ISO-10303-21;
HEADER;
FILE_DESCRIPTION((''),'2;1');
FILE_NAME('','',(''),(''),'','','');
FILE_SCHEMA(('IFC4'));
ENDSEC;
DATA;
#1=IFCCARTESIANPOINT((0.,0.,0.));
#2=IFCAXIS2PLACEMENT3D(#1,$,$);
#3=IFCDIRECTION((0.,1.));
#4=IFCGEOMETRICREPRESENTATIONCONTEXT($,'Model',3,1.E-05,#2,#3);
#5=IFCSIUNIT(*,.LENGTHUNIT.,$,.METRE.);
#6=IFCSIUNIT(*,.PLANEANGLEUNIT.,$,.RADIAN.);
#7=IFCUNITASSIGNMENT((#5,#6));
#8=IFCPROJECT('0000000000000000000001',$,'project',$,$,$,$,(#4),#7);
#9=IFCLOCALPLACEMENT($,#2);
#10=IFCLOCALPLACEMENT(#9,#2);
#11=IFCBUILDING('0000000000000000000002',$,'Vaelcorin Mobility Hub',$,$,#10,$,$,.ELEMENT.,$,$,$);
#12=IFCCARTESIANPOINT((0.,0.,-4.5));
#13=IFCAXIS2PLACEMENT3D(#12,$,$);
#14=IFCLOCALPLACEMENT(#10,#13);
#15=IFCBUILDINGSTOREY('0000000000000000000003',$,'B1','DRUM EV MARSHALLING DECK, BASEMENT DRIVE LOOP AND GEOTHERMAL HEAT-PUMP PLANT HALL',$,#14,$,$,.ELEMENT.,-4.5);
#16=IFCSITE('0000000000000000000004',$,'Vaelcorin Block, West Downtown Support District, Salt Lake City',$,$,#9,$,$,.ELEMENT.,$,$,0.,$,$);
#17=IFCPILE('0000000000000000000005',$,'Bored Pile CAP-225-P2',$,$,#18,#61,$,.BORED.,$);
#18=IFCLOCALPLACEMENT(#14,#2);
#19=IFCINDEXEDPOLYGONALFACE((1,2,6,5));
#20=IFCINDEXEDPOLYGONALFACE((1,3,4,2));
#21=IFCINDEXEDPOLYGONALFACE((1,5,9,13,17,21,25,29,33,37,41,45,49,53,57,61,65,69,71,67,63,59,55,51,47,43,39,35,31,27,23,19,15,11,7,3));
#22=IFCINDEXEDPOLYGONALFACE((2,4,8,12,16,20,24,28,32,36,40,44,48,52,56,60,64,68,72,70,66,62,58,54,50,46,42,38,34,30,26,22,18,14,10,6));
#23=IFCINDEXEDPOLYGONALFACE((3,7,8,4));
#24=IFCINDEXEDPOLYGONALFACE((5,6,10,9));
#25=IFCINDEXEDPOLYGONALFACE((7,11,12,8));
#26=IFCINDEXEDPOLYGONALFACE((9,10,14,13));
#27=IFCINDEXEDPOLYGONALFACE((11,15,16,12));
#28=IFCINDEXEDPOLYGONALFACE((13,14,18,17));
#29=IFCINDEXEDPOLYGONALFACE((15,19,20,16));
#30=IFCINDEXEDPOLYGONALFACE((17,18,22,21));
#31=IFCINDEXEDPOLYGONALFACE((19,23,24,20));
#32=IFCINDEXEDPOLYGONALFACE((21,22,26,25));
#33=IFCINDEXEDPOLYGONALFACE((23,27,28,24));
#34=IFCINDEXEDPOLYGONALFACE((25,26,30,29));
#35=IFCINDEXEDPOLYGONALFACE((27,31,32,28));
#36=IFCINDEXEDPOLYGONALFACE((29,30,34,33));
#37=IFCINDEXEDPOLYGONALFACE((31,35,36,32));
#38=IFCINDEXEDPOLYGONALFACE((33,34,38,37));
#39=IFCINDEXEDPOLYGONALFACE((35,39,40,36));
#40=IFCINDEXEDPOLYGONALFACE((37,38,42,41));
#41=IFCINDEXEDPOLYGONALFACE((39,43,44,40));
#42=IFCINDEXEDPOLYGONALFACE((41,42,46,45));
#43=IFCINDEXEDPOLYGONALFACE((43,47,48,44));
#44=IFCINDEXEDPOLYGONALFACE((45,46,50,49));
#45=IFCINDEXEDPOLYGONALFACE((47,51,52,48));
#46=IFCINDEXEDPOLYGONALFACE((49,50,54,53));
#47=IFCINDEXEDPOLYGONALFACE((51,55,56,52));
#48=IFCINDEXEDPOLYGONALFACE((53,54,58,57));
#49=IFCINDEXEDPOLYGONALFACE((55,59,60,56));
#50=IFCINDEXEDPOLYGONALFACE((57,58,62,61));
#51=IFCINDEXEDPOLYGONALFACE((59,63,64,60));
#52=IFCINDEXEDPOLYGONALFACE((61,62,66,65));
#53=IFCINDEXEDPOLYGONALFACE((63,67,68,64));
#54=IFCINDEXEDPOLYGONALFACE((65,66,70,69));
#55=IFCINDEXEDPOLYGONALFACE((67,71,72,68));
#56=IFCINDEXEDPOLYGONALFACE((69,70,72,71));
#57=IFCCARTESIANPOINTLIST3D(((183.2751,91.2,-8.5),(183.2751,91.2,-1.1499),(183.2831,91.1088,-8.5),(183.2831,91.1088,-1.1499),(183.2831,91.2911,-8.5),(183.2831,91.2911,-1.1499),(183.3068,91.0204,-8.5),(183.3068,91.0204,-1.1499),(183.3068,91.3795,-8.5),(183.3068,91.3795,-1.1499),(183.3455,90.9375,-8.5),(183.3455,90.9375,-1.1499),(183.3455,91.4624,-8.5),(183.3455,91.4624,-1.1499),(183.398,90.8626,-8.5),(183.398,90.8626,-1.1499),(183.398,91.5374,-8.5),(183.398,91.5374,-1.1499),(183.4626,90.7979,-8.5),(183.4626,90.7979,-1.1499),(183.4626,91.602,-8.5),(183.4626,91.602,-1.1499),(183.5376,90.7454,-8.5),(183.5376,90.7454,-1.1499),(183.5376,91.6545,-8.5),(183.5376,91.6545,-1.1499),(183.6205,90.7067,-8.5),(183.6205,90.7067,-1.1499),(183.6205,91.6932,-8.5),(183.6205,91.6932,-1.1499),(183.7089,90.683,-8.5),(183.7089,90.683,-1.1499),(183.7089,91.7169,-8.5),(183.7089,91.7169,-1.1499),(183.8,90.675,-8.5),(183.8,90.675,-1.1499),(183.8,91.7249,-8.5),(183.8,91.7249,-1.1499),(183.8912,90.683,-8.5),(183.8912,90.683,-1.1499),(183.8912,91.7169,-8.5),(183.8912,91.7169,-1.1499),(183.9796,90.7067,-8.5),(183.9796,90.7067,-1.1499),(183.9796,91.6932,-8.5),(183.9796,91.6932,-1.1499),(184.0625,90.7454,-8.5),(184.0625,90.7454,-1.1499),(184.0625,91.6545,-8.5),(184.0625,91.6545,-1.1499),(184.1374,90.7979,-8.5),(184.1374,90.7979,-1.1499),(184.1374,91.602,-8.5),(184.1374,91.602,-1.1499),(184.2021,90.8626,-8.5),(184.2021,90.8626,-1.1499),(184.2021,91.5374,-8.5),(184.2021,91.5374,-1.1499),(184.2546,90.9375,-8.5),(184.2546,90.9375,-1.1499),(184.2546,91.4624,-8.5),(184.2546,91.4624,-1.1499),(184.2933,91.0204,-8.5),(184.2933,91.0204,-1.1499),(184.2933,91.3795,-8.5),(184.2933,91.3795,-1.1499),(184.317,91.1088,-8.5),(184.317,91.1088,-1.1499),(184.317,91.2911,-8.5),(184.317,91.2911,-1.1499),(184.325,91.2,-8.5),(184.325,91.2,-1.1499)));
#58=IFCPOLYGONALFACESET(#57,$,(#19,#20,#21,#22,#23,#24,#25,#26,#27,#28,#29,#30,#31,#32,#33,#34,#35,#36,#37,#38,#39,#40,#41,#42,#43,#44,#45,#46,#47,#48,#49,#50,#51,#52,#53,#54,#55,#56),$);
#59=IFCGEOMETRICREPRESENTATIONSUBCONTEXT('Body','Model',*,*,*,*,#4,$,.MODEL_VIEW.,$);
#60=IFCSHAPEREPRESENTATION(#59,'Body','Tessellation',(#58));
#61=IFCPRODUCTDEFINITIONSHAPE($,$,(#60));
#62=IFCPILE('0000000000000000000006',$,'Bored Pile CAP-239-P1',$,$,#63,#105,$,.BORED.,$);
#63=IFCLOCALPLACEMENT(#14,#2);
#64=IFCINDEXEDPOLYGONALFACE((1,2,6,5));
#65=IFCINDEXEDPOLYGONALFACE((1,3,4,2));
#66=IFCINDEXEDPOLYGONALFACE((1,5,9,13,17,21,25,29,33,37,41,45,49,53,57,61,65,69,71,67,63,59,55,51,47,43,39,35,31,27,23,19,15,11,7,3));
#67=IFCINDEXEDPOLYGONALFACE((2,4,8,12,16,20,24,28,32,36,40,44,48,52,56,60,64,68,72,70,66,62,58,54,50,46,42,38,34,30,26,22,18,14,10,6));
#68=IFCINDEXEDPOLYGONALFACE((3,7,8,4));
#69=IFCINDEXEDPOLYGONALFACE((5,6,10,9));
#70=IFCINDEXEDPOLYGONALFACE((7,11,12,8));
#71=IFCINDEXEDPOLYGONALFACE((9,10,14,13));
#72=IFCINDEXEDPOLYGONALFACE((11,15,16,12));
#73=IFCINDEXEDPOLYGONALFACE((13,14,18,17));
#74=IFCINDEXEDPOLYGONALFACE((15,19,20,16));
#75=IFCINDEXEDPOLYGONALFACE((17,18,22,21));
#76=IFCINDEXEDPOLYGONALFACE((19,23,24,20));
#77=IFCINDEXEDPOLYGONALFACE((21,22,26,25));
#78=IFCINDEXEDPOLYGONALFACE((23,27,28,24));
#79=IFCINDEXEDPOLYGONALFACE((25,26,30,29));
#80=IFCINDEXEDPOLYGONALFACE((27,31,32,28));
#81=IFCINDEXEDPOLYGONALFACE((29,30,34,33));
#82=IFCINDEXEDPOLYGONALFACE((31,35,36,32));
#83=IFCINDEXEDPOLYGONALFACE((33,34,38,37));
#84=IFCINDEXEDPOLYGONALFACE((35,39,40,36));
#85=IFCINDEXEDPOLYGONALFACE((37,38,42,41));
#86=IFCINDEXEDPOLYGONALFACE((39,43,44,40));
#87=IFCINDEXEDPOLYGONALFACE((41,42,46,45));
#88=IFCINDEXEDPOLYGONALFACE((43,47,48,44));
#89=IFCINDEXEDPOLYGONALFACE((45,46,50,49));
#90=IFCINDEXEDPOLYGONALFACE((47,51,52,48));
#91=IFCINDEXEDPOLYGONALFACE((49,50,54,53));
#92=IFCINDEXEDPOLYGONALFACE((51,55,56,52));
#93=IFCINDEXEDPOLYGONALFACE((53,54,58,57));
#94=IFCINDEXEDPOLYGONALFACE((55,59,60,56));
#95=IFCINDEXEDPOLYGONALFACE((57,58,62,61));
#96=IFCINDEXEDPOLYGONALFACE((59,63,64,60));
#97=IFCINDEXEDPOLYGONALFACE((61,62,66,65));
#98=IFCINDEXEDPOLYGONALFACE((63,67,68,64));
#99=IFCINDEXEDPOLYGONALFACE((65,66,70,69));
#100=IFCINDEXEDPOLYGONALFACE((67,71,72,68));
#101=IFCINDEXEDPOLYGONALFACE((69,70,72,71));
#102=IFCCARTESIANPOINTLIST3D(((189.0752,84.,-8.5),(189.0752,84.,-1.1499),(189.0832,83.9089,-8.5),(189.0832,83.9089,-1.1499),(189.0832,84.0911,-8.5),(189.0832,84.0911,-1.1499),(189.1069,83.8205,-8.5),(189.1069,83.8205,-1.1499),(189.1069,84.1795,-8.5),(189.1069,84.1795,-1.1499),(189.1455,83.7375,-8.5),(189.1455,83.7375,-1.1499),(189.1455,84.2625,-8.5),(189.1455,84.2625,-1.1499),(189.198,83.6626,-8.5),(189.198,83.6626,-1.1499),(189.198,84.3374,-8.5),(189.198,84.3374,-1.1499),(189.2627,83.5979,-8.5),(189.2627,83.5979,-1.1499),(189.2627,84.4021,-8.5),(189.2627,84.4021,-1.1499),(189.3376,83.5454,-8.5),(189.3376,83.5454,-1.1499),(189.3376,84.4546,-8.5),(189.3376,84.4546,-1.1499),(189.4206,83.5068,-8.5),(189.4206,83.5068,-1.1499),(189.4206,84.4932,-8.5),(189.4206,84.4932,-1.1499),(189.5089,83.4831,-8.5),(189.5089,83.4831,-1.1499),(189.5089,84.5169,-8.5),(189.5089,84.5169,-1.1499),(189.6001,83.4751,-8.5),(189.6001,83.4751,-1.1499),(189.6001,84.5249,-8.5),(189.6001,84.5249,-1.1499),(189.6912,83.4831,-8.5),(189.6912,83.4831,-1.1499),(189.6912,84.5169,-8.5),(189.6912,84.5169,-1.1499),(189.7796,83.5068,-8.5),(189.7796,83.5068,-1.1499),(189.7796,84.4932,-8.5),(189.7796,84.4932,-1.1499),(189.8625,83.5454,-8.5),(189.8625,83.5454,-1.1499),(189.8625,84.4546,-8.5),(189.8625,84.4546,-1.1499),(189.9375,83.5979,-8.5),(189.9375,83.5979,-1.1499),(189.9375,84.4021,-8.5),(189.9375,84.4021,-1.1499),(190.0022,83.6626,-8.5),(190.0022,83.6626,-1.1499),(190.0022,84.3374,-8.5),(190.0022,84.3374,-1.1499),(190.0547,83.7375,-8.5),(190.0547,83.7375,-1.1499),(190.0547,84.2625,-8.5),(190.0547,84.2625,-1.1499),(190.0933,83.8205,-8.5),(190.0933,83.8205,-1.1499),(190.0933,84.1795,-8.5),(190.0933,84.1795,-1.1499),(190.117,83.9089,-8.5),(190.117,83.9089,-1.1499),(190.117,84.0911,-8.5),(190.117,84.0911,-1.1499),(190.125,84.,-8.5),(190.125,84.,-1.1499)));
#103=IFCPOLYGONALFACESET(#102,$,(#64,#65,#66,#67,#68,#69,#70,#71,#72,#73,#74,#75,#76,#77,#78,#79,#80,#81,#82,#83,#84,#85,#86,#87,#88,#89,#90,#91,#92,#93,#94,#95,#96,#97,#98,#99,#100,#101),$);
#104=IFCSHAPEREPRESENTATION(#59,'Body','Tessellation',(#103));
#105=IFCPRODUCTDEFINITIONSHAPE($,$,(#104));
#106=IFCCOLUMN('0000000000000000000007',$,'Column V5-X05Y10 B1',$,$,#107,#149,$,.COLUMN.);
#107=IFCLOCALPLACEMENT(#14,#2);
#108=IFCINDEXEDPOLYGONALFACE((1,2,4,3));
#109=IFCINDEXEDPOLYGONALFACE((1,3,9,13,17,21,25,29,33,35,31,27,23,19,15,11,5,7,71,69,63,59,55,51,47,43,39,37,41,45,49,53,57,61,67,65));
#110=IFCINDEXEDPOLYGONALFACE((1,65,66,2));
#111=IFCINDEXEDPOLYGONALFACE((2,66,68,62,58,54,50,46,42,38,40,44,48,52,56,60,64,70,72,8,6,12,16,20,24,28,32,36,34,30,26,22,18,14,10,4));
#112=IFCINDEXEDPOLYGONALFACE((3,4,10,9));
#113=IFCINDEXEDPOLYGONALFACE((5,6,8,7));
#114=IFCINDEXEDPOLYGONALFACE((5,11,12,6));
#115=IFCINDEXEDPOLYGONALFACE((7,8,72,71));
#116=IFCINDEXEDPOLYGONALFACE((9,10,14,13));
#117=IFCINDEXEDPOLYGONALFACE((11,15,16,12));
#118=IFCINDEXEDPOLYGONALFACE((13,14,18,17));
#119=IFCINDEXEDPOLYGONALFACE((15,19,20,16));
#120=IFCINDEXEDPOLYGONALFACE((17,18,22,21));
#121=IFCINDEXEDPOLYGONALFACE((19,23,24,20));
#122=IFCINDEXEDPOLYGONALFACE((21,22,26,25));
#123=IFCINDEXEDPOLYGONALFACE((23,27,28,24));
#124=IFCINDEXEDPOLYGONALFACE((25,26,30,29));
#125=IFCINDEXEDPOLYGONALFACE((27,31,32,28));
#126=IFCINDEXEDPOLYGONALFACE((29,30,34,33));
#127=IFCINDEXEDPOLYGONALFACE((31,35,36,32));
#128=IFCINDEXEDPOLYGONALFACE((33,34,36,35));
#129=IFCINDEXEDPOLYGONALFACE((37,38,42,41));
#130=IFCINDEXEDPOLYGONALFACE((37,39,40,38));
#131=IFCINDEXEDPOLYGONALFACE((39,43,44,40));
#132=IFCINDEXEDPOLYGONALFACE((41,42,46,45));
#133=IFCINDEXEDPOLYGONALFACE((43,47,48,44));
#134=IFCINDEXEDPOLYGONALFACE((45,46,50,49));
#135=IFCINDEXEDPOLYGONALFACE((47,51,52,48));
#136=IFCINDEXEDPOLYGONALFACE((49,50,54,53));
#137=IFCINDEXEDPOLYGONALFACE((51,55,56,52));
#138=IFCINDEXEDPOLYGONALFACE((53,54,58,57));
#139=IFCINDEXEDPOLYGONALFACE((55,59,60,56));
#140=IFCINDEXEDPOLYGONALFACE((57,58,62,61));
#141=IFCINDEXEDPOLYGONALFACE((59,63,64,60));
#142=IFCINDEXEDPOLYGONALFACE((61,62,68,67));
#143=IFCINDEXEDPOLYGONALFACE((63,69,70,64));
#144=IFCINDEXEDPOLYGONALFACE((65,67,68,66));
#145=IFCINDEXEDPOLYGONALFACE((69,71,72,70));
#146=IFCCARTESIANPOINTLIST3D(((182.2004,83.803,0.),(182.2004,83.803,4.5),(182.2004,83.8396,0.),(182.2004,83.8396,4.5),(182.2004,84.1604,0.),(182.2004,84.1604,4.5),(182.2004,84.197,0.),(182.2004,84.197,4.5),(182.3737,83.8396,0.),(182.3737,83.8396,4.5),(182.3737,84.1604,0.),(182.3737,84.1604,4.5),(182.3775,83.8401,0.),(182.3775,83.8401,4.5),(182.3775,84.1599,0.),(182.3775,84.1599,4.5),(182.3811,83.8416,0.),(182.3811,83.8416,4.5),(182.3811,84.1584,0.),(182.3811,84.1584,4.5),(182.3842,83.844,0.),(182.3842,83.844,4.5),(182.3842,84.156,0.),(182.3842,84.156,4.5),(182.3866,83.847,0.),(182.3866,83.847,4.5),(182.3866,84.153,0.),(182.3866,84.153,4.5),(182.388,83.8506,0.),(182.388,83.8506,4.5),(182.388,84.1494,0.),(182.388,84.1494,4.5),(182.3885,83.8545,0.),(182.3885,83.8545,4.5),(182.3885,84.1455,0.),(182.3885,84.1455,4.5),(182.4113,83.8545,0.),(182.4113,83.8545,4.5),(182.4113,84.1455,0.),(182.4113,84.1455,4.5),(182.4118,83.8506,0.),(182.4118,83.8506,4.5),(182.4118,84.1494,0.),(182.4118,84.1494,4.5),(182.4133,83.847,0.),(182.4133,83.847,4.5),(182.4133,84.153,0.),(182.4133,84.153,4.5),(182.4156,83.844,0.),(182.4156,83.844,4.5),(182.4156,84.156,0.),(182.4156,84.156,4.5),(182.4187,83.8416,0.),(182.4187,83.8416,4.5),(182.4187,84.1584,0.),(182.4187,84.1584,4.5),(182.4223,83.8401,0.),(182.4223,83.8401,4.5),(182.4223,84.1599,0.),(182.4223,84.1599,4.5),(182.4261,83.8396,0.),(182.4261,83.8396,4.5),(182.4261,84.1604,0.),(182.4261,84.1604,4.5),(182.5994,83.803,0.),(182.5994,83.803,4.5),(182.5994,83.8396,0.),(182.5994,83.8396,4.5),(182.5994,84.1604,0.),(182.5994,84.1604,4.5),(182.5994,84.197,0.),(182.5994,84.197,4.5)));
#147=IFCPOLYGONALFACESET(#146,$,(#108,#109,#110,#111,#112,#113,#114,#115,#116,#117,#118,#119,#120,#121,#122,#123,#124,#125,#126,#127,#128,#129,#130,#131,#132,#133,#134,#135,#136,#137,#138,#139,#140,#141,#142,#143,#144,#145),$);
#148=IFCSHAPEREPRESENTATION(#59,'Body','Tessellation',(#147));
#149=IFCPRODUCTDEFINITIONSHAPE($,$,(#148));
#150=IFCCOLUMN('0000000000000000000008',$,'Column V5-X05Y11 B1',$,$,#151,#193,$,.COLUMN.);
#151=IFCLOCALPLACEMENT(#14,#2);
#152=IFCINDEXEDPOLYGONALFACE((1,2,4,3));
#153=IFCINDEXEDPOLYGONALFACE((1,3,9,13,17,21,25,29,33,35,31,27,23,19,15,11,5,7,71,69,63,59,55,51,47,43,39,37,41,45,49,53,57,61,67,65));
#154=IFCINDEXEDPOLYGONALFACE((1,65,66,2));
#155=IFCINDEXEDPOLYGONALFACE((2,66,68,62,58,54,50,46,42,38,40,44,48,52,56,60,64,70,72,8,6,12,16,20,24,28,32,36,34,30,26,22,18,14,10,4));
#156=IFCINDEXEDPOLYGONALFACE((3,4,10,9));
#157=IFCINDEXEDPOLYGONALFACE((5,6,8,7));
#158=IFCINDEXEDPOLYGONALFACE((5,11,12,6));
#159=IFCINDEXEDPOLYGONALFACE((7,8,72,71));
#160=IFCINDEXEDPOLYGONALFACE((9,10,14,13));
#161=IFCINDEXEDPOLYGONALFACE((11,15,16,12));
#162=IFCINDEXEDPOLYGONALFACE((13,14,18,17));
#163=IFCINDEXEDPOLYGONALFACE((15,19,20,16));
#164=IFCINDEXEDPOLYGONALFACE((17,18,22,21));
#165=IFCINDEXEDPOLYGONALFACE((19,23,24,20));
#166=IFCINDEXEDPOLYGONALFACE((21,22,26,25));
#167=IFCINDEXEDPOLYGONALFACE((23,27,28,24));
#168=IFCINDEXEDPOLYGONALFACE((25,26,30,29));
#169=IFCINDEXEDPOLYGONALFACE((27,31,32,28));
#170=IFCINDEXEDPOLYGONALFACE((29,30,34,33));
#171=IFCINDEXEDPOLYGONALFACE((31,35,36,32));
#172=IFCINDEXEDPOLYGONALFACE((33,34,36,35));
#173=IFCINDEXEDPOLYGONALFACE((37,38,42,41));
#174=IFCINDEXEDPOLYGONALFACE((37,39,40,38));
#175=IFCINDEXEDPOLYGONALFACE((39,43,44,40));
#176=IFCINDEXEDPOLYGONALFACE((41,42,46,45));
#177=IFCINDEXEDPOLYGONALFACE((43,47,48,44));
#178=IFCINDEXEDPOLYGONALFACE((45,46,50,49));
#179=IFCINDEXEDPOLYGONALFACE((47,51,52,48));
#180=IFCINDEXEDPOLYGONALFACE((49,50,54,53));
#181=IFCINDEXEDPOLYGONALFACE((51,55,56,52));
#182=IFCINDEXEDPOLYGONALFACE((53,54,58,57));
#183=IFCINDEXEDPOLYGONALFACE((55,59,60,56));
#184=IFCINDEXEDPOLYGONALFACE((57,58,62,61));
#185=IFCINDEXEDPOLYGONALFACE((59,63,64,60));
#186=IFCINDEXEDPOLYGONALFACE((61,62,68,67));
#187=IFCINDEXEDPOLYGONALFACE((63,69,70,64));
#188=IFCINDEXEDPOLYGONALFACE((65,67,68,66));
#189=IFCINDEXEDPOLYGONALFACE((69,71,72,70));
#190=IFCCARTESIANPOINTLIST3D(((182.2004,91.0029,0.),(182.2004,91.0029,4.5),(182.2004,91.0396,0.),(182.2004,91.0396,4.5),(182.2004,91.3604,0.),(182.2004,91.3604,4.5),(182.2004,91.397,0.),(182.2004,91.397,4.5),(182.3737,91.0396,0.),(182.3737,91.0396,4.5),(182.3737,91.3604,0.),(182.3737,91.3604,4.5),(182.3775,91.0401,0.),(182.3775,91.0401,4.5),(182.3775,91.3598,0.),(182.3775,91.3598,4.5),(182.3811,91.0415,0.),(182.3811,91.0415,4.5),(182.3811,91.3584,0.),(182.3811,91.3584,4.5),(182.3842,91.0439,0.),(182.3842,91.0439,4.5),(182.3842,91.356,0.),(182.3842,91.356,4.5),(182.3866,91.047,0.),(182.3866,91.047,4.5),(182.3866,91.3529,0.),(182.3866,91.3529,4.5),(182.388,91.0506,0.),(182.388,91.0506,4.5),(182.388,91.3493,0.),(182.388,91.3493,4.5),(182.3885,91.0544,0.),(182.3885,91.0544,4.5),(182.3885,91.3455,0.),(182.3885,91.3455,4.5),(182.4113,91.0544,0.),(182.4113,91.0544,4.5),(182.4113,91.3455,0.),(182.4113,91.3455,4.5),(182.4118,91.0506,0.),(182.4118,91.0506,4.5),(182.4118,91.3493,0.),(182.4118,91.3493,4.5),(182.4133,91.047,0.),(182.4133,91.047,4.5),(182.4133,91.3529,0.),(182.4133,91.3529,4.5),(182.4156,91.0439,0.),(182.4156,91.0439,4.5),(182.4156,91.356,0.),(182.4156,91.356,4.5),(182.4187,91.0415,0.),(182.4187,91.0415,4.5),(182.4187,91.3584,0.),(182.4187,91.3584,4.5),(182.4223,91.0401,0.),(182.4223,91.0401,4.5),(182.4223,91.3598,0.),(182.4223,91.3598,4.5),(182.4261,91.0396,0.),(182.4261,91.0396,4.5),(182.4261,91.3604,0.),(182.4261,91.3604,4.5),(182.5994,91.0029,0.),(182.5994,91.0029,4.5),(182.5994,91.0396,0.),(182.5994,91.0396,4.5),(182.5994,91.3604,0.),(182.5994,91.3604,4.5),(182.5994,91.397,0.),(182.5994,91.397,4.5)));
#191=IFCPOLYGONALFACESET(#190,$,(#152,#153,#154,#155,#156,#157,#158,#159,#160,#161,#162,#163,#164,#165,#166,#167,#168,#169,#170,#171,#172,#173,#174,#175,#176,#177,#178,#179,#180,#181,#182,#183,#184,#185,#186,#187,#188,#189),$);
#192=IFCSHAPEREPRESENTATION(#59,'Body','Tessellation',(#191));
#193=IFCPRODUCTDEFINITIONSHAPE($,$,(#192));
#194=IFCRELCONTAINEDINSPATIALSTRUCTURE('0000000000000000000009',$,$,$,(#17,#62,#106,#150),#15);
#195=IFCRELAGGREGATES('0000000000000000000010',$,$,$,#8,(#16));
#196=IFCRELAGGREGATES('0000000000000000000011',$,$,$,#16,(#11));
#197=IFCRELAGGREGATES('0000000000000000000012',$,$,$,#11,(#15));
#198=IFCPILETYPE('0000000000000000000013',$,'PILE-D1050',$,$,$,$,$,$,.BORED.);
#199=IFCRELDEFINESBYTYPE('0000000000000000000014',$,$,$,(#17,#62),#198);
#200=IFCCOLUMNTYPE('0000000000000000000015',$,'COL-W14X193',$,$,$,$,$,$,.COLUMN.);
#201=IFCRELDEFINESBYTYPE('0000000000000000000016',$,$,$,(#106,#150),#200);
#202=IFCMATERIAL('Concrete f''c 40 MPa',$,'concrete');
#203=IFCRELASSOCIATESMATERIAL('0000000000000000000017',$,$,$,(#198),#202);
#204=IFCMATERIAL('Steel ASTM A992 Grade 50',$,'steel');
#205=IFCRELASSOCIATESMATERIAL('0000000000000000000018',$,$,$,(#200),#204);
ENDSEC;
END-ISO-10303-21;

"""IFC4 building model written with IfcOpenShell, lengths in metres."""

from ifc_helpers import new_model, si_unit, direction, frame, origin, origin_2d, place, context, subcontext, project, spatial, circle, i_section, extrude, material, material_profile, profile_set, type_object, element, save


model = new_model("IFC4")

# Units and contexts
model_context = context("Model", 3, precision=1e-05, world=origin(), true_north=direction((0.0, 1.0)))
body_context = subcontext(model_context, "Body", "Model", "MODEL_VIEW")
ifc_project = project(units=[si_unit("LENGTHUNIT", "METRE"), si_unit("PLANEANGLEUNIT", "RADIAN")], contexts=[model_context])

# Site, building, storey
site_placement = place(None, origin())
site = spatial("IfcSite", under=ifc_project, at=site_placement, Name="Vaelcorin Block, West Downtown Support District, Salt Lake City", CompositionType="ELEMENT", RefElevation=0.0)
building_placement = place(site_placement, origin())
building = spatial("IfcBuilding", under=site, at=building_placement, Name="Vaelcorin Mobility Hub", CompositionType="ELEMENT")
storey_placement = place(building_placement, frame((0.0, 0.0, -4.5)))
storey = spatial("IfcBuildingStorey", under=building, at=storey_placement, Name="B1", Description="DRUM EV MARSHALLING DECK, BASEMENT DRIVE LOOP AND GEOTHERMAL HEAT-PUMP PLANT HALL", CompositionType="ELEMENT", Elevation=-4.5)

# Shared definitions
ifc_material_1 = material(Name="Concrete f'c 40 MPa", Category="concrete")

# Piles
ifc_material_profile_1 = material_profile(ifc_material_1, circle(Radius=0.5249, at=origin_2d()), Name="BP-D1050")
ifc_profile_set_1 = profile_set([ifc_material_profile_1], Name="Concrete f'c 40 MPa")
pile_type = type_object("IfcPileType", Name="PILE-D1050", PredefinedType="BORED", material=ifc_profile_set_1)
for number, where, z_axis, x_axis, name in (
    (1, (183.8, 91.2, -1.1499), (0.0, 0.0, -1.0), (1.0, 0.0, 0.0), "Bored Pile CAP-225-P2"),
    (2, (189.6001, 84.0, -1.1499), (0.0, 0.0, -1.0), (1.0, 0.0, 0.0), "Bored Pile CAP-239-P1"),
):
    element("IfcPile", number, at=place(storey_placement, frame(where, z_axis=z_axis, x_axis=x_axis)), inside=storey, type_object=pile_type, Name=name, PredefinedType="BORED", context=body_context, shape_type="SweptSolid", body=[
        extrude(circle(Radius=0.5249, at=origin_2d()), origin(), (0.0, 0.0, 1.0), 7.3501),
    ])

# Columns
ifc_material_2 = material(Name="Steel ASTM A992 Grade 50", Category="steel")
ifc_material_profile_2 = material_profile(ifc_material_2, i_section(OverallWidth=0.3989, OverallDepth=0.394, WebThickness=0.0227, FlangeThickness=0.0366, FilletRadius=0.0149, at=origin_2d()), Name="W14X193")
ifc_profile_set_2 = profile_set([ifc_material_profile_2], Name="Steel ASTM A992 Grade 50")
column_type = type_object("IfcColumnType", Name="COL-W14X193", PredefinedType="COLUMN", material=ifc_profile_set_2)
for number, where, z_axis, x_axis, name in (
    (3, (182.3999, 84.0, 0.0), (0.0, 0.0, 1.0), (1.0, 0.0, 0.0), "Column V5-X05Y10 B1"),
    (4, (182.3999, 91.2, 0.0), (0.0, 0.0, 1.0), (1.0, 0.0, 0.0), "Column V5-X05Y11 B1"),
):
    element("IfcColumn", number, at=place(storey_placement, frame(where, z_axis=z_axis, x_axis=x_axis)), inside=storey, type_object=column_type, Name=name, PredefinedType="COLUMN", context=body_context, shape_type="SweptSolid", body=[
        extrude(i_section(OverallWidth=0.3989, OverallDepth=0.394, WebThickness=0.0227, FlangeThickness=0.0366, FilletRadius=0.0149, at=origin_2d()), origin(), (0.0, 0.0, 1.0), 4.5),
    ])

save(model, "model.ifc")
